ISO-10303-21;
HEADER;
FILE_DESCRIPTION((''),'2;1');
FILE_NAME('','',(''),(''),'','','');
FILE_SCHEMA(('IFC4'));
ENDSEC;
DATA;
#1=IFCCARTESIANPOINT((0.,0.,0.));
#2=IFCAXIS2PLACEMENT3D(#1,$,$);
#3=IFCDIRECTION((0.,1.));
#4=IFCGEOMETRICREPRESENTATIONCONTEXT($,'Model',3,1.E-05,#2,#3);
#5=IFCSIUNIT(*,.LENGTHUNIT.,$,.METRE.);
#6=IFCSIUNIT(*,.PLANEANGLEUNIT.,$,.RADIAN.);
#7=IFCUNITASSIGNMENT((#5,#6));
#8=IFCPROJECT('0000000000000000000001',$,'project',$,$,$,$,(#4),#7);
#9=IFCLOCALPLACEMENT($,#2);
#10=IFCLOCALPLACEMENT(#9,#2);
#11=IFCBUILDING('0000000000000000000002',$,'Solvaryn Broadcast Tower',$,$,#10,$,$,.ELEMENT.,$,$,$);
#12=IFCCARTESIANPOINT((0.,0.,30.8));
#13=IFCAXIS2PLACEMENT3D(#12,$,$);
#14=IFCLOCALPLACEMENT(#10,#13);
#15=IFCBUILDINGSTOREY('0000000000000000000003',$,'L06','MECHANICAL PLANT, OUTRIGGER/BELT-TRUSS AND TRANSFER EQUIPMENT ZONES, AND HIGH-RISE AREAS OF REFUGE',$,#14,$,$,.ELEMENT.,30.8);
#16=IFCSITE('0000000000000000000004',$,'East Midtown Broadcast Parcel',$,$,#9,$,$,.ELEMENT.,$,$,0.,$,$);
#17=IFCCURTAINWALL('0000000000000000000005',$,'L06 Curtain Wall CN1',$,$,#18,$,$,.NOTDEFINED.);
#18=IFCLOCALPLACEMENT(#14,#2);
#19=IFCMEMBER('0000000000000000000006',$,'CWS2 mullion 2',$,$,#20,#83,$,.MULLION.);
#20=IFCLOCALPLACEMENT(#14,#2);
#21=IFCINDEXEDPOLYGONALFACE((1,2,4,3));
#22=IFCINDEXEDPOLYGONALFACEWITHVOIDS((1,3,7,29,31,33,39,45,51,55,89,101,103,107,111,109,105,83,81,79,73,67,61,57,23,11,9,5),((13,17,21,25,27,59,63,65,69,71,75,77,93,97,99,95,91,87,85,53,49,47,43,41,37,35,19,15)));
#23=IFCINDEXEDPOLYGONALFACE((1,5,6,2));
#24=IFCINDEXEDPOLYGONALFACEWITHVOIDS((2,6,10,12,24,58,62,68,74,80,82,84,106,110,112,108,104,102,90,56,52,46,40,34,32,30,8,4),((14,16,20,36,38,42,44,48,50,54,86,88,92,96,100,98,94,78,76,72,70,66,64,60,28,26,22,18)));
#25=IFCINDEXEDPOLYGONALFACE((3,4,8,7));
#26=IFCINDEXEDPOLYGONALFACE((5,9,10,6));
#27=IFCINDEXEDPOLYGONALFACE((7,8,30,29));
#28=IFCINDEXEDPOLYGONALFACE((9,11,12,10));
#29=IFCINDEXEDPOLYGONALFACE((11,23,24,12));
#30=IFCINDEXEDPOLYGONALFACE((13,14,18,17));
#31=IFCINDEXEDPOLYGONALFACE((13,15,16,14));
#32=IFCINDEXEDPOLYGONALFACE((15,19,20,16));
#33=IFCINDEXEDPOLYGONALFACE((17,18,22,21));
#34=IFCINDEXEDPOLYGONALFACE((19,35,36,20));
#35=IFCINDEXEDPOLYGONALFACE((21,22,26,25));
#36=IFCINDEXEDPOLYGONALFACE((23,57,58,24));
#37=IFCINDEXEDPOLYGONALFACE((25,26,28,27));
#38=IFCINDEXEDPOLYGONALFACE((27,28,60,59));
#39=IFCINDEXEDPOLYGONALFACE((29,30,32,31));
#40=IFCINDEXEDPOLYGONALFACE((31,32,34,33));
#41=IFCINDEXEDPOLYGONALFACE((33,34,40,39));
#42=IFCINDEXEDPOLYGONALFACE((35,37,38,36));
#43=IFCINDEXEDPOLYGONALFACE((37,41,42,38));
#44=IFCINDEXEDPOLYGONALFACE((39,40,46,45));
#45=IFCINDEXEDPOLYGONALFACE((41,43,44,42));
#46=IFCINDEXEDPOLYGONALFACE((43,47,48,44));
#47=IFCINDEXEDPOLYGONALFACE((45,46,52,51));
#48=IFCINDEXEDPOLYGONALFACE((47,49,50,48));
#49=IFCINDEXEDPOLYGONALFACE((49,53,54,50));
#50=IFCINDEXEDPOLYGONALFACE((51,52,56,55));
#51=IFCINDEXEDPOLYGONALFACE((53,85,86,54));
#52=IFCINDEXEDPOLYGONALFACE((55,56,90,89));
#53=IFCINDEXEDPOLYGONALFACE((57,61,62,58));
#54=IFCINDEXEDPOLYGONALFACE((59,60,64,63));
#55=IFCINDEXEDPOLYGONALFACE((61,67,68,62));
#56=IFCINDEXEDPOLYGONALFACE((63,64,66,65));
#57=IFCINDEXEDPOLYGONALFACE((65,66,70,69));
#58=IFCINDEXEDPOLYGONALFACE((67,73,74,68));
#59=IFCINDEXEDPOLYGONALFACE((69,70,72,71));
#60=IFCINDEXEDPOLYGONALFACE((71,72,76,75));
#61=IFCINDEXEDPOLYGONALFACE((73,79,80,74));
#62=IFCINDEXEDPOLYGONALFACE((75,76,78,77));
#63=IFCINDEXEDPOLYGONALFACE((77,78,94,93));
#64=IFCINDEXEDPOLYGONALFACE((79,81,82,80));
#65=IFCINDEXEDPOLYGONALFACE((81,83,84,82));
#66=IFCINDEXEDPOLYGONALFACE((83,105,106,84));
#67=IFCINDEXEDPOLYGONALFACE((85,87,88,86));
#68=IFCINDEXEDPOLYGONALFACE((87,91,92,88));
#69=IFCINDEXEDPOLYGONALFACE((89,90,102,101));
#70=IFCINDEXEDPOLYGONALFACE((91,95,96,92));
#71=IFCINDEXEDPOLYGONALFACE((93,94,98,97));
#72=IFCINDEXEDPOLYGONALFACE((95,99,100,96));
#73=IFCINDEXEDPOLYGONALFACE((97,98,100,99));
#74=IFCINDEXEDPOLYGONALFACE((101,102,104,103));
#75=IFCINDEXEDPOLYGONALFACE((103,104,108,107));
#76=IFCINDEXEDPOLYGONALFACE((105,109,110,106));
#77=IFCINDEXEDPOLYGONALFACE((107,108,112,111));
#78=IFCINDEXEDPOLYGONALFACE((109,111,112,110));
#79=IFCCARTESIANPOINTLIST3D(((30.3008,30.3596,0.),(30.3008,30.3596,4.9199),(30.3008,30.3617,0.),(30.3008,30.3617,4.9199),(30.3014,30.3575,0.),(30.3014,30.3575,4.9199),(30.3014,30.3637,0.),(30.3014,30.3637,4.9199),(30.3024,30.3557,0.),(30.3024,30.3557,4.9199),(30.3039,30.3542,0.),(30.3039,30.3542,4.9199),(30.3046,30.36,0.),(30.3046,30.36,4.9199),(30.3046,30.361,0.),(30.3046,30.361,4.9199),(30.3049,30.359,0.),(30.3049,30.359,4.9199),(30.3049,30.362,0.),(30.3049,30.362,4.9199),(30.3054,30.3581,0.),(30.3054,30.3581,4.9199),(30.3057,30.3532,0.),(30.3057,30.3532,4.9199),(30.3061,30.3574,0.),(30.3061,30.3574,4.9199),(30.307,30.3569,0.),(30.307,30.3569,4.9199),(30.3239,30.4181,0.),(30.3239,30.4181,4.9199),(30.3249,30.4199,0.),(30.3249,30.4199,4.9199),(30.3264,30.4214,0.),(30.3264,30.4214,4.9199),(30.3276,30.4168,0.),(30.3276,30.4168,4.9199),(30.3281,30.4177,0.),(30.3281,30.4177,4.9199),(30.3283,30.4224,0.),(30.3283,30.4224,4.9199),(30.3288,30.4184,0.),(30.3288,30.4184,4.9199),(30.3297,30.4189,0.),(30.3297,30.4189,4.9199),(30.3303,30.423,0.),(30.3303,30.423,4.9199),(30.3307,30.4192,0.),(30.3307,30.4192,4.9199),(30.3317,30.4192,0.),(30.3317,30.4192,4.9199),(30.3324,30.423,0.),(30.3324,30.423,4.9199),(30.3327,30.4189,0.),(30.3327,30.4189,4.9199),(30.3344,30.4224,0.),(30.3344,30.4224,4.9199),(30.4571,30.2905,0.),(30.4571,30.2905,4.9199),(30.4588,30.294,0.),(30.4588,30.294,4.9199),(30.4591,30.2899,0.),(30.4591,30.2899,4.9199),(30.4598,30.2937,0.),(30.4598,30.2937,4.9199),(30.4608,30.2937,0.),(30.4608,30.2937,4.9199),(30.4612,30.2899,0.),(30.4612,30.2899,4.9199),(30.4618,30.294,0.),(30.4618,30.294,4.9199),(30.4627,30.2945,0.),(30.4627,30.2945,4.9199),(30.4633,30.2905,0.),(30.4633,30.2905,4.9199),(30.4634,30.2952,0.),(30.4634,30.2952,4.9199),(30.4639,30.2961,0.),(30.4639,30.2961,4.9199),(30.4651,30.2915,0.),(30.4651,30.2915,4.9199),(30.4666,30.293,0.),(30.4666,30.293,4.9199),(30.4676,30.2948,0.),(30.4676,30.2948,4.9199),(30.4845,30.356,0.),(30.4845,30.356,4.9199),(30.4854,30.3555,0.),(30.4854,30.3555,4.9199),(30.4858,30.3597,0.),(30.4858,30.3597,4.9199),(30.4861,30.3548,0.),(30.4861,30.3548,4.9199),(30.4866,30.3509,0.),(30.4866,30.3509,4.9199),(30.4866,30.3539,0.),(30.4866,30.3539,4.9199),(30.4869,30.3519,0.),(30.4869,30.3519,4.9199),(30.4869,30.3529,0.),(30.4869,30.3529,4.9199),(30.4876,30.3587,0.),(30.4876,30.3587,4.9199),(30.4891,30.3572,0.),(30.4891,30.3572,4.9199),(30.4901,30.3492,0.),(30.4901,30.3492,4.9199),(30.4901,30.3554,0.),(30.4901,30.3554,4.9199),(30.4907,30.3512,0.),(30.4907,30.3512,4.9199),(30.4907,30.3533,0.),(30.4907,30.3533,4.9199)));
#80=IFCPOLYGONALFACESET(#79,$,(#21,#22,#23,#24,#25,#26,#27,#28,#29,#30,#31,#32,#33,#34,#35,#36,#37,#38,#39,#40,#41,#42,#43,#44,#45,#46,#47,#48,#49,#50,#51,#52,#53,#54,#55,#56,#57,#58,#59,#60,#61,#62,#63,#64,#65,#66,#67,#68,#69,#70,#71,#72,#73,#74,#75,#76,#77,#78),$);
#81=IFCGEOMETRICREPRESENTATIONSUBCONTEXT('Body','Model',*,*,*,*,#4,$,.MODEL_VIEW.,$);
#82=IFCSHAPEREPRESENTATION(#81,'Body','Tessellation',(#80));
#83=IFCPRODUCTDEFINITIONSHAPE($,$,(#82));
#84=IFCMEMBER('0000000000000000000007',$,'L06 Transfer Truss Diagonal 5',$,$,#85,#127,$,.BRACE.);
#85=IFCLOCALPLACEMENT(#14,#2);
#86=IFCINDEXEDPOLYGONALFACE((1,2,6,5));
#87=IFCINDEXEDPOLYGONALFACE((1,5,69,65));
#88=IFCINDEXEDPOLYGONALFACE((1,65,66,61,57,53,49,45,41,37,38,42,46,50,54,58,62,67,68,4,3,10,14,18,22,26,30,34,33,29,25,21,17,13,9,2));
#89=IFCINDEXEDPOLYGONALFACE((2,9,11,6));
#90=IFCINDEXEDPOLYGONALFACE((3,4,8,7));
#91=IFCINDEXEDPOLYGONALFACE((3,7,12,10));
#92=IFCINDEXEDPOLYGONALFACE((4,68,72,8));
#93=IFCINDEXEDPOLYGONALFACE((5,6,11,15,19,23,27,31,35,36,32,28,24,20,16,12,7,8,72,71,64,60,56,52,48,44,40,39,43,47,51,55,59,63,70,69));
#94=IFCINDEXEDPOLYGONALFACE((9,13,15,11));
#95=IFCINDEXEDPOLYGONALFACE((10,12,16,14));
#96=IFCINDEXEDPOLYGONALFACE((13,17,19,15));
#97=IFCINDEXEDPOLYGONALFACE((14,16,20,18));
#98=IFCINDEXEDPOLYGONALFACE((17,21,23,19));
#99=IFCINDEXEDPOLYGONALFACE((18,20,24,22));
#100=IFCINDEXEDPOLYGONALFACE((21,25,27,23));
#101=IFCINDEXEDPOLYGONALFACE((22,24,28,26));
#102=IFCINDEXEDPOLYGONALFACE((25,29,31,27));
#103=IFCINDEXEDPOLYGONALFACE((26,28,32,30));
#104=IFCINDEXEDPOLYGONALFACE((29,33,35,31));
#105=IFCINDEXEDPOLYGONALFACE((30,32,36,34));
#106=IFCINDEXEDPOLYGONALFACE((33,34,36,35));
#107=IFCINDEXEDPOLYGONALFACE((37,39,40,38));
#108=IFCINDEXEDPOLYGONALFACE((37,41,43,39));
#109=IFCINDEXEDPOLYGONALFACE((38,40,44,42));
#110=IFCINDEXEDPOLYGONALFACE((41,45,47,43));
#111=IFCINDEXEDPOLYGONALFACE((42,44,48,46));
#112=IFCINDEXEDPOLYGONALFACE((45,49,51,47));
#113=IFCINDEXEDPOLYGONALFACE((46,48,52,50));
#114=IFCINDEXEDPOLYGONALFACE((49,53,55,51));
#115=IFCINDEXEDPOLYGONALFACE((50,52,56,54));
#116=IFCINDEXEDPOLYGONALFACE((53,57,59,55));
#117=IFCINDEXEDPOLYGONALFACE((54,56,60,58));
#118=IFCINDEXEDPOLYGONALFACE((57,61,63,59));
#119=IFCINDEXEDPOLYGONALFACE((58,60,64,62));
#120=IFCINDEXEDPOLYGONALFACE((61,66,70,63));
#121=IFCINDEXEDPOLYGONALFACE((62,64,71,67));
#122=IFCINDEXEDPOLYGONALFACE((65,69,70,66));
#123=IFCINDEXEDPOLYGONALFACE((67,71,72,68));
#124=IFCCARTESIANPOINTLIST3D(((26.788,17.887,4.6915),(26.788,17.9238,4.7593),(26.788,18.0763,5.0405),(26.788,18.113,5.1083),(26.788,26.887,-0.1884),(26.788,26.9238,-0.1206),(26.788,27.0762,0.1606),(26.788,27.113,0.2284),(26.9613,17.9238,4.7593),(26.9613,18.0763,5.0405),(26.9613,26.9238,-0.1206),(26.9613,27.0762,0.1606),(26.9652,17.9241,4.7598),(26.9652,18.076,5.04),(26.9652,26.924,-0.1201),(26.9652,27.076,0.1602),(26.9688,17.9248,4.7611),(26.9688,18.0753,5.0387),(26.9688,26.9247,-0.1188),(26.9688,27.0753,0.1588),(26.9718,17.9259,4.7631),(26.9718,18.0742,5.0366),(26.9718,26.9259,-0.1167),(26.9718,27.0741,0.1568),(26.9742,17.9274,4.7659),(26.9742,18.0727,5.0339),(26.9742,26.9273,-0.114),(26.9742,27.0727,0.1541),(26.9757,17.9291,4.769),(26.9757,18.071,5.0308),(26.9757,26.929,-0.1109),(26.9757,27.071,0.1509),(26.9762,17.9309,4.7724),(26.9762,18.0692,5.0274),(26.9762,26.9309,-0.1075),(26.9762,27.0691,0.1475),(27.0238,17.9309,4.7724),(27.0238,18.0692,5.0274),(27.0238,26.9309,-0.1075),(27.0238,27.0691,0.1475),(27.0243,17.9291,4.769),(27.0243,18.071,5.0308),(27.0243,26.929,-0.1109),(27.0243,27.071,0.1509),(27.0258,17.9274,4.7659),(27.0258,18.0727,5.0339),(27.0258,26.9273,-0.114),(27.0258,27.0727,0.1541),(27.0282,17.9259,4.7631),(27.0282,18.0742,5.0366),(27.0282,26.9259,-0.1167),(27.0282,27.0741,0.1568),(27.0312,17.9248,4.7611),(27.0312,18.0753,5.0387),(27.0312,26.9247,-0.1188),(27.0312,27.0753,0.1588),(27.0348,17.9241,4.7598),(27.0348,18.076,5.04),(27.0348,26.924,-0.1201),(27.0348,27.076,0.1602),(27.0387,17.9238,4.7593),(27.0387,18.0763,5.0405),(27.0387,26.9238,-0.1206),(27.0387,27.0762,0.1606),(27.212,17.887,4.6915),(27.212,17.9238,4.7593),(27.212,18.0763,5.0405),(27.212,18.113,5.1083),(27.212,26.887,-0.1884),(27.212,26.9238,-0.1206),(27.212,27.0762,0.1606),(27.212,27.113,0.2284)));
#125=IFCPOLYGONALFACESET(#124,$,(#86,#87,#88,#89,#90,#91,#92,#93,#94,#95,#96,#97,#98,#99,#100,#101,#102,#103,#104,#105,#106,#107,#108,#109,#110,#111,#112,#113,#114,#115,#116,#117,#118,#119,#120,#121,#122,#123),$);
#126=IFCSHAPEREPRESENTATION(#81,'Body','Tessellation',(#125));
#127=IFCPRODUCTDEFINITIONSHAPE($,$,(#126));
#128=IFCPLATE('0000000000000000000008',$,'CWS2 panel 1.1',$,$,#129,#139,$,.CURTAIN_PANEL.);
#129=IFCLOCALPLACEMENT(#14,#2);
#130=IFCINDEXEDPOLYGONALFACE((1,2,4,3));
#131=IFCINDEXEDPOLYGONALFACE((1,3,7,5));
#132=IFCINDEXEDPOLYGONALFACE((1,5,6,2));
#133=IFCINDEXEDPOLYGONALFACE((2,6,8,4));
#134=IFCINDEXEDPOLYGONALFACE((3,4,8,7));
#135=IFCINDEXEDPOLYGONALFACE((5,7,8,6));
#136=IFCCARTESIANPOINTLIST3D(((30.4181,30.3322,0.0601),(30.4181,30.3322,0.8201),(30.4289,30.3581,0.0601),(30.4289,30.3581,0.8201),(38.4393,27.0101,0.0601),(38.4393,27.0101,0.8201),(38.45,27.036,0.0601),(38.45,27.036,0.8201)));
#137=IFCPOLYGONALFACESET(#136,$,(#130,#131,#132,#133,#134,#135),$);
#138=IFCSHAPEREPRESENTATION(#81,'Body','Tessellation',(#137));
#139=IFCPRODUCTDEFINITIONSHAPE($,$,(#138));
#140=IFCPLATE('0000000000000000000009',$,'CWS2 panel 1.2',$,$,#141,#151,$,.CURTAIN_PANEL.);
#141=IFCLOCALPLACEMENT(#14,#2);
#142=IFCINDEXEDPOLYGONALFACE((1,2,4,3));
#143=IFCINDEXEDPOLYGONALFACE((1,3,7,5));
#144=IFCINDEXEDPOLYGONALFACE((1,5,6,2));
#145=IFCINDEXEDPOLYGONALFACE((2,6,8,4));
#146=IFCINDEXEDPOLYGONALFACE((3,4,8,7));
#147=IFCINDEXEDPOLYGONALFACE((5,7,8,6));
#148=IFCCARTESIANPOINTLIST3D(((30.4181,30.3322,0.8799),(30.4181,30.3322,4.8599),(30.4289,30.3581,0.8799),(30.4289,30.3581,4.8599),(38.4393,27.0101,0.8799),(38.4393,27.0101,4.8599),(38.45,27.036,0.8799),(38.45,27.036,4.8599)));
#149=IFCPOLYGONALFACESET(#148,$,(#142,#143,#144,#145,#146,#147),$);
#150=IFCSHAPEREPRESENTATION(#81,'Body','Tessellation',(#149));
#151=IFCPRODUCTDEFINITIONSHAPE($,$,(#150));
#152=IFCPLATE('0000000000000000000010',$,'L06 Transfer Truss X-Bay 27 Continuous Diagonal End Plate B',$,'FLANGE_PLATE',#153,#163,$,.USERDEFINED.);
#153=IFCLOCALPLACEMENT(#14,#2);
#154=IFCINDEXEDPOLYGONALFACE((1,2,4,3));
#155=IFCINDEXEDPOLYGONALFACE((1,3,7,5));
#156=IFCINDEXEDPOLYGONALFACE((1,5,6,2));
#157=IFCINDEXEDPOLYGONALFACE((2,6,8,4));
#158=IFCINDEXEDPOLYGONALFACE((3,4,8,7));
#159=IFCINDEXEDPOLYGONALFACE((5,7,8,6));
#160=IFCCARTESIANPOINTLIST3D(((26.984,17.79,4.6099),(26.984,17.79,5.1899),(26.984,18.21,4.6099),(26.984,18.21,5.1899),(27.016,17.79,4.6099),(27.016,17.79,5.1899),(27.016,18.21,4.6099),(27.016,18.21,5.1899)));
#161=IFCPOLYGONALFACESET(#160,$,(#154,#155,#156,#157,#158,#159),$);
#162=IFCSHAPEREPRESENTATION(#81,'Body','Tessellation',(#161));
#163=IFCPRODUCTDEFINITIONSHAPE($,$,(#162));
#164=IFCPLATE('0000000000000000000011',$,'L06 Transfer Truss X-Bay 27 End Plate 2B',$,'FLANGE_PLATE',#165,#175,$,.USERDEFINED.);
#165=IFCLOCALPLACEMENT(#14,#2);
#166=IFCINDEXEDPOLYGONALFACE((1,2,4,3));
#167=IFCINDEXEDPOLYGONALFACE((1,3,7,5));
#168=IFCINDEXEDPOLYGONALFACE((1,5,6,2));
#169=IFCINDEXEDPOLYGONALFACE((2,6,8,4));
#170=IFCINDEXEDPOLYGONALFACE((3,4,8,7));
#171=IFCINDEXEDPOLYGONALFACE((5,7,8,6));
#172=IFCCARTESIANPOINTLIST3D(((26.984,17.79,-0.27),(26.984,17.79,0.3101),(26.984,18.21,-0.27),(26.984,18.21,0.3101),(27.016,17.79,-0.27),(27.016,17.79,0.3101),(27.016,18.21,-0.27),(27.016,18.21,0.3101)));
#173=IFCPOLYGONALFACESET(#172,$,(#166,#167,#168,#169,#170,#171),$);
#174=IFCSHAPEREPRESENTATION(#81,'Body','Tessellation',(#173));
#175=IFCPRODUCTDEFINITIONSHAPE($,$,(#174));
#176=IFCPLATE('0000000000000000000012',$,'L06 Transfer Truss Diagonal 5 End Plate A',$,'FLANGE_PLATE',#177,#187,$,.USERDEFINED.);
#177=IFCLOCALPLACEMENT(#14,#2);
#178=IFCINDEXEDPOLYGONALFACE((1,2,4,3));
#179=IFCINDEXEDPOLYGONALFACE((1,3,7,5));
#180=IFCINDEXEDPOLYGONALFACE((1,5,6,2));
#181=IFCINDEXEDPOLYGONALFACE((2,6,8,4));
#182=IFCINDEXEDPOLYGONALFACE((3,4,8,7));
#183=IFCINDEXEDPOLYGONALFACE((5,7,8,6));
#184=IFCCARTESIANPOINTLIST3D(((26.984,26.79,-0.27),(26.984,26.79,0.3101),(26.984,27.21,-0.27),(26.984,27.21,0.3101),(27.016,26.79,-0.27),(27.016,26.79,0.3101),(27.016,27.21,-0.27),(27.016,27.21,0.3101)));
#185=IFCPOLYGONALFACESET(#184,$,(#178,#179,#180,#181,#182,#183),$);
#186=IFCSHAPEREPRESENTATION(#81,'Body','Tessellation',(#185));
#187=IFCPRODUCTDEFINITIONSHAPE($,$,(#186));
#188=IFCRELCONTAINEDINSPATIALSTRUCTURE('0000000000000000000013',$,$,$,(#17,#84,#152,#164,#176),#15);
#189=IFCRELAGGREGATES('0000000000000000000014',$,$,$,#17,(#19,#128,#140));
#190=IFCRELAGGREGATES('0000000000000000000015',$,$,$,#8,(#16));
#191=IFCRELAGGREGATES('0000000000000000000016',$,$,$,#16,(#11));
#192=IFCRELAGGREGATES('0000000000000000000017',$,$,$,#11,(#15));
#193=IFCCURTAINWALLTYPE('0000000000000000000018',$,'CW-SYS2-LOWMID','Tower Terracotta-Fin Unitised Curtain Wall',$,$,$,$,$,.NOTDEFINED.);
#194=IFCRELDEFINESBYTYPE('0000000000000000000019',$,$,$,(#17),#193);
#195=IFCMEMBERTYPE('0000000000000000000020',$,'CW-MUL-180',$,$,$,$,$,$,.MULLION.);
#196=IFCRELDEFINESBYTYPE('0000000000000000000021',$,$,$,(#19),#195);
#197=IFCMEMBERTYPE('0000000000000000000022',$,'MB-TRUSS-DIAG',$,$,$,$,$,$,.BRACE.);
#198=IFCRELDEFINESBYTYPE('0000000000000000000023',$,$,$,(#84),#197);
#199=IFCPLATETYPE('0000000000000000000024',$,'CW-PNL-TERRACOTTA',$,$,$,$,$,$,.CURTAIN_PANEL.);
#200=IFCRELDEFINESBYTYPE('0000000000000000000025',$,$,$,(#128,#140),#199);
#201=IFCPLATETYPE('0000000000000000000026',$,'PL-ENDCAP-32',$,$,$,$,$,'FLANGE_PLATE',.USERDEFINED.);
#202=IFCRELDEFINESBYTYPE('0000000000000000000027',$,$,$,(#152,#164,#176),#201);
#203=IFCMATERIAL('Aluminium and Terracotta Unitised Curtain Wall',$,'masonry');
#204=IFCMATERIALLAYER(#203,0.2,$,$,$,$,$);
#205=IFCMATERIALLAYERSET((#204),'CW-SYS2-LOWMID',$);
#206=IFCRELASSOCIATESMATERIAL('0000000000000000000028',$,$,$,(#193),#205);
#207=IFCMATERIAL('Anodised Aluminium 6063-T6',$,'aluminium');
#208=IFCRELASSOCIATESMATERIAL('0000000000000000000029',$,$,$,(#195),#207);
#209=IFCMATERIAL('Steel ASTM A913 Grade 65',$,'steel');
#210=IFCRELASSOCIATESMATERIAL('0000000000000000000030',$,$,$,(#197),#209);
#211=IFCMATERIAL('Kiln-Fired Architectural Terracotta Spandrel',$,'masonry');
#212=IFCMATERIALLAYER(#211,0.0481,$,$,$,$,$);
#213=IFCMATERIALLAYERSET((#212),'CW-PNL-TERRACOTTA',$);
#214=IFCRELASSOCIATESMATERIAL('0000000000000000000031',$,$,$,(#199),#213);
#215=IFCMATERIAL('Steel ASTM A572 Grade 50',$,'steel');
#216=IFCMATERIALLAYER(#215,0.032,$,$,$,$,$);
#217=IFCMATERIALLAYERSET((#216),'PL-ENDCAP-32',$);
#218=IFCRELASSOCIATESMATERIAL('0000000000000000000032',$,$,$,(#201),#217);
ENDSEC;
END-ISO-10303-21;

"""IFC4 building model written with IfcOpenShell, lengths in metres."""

from ifc_helpers import new_model, si_unit, direction, frame, origin, origin_2d, place, context, subcontext, project, spatial, rectangle, hollow_rectangle, i_section, extrude, material, layer, layer_set, material_profile, profile_set, type_object, element, aggregate, save


model = new_model("IFC4")

# Units and contexts
model_context = context("Model", 3, precision=1e-05, world=origin(), true_north=direction((0.0, 1.0)))
body_context = subcontext(model_context, "Body", "Model", "MODEL_VIEW")
ifc_project = project(units=[si_unit("LENGTHUNIT", "METRE"), si_unit("PLANEANGLEUNIT", "RADIAN")], contexts=[model_context])

# Site, building, storey
site_placement = place(None, origin())
site = spatial("IfcSite", under=ifc_project, at=site_placement, Name="East Midtown Broadcast Parcel", CompositionType="ELEMENT", RefElevation=0.0)
building_placement = place(site_placement, origin())
building = spatial("IfcBuilding", under=site, at=building_placement, Name="Solvaryn Broadcast Tower", CompositionType="ELEMENT")
storey_placement = place(building_placement, frame((0.0, 0.0, 30.8)))
storey = spatial("IfcBuildingStorey", under=building, at=storey_placement, Name="L06", Description="MECHANICAL PLANT, OUTRIGGER/BELT-TRUSS AND TRANSFER EQUIPMENT ZONES, AND HIGH-RISE AREAS OF REFUGE", CompositionType="ELEMENT", Elevation=30.8)

# Curtain wall, member
ifc_material_1 = material(Name="Aluminium and Terracotta Unitised Curtain Wall", Category="masonry")
ifc_layer_1 = layer(ifc_material_1, 0.2)
ifc_layer_set_1 = layer_set([ifc_layer_1], Name="CW-SYS2-LOWMID")
curtain_wall_type = type_object("IfcCurtainWallType", Name="CW-SYS2-LOWMID", Description="Tower Terracotta-Fin Unitised Curtain Wall", PredefinedType="NOTDEFINED", material=ifc_layer_set_1)
curtain_wall_placement = place(storey_placement, origin())
curtain_wall = element("IfcCurtainWall", 1, at=curtain_wall_placement, inside=storey, type_object=curtain_wall_type, Name="L06 Curtain Wall CN1", PredefinedType="NOTDEFINED")
ifc_material_2 = material(Name="Anodised Aluminium 6063-T6", Category="aluminium")
ifc_material_profile_1 = material_profile(ifc_material_2, hollow_rectangle(XDim=0.075, YDim=0.1799, WallThickness=0.0039, InnerFilletRadius=0.0039, OuterFilletRadius=0.0081, at=origin_2d()))
ifc_profile_set_1 = profile_set([ifc_material_profile_1], Name="Anodised Aluminium 6063-T6")
member_type_1 = type_object("IfcMemberType", Name="CW-MUL-180", PredefinedType="MULLION", material=ifc_profile_set_1)
member_1_placement = place(storey_placement, frame((30.3958, 30.3564, 0.0), z_axis=(0.0, 0.0, 1.0), x_axis=(-0.382646, -0.923895, 0.0)))
member_1 = element("IfcMember", 2, at=member_1_placement, type_object=member_type_1, Name="CWS2 mullion 2", PredefinedType="MULLION", context=body_context, shape_type="SweptSolid", body=[
    extrude(hollow_rectangle(XDim=0.075, YDim=0.1799, WallThickness=0.0039, InnerFilletRadius=0.0039, OuterFilletRadius=0.0081, at=origin_2d()), origin(), (0.0, 0.0, 1.0), 4.9199),
])

# Member
ifc_material_3 = material(Name="Steel ASTM A913 Grade 65", Category="steel")
ifc_material_profile_2 = material_profile(ifc_material_3, i_section(OverallWidth=0.4241, OverallDepth=0.4741, WebThickness=0.0476, FlangeThickness=0.0771, FilletRadius=0.0149, at=origin_2d()))
ifc_profile_set_2 = profile_set([ifc_material_profile_2], Name="Steel ASTM A913 Grade 65")
member_type_2 = type_object("IfcMemberType", Name="MB-TRUSS-DIAG", PredefinedType="BRACE", material=ifc_profile_set_2)
member_2_placement = place(storey_placement, frame((27.0, 27.0, 0.02), z_axis=(0.0, -0.879092, 0.476652), x_axis=(1.0, 0.0, 0.0)))
element("IfcMember", 3, at=member_2_placement, inside=storey, type_object=member_type_2, Name="L06 Transfer Truss Diagonal 5", PredefinedType="BRACE", context=body_context, shape_type="SweptSolid", body=[
    extrude(i_section(OverallWidth=0.4241, OverallDepth=0.4741, WebThickness=0.0476, FlangeThickness=0.0771, FilletRadius=0.0149, at=origin_2d()), origin(), (0.0, 0.0, 1.0), 10.2378),
])

# Plates
ifc_material_4 = material(Name="Kiln-Fired Architectural Terracotta Spandrel", Category="masonry")
ifc_layer_2 = layer(ifc_material_4, 0.0481)
ifc_layer_set_2 = layer_set([ifc_layer_2], Name="CW-PNL-TERRACOTTA")
plate_type_1 = type_object("IfcPlateType", Name="CW-PNL-TERRACOTTA", PredefinedType="CURTAIN_PANEL", material=ifc_layer_set_2)
plate_1_placement = place(storey_placement, frame((34.4341, 28.6841, 0.0601), z_axis=(0.0, 0.0, 1.0), x_axis=(-0.923895, 0.382646, 0.0)))
plate_1 = element("IfcPlate", 4, at=plate_1_placement, type_object=plate_type_1, Name="CWS2 panel 1.1", PredefinedType="CURTAIN_PANEL", context=body_context, shape_type="SweptSolid", body=[
    extrude(rectangle(XDim=8.6819, YDim=0.0281, at=origin_2d()), origin(), (0.0, 0.0, 1.0), 0.76),
])
plate_2_placement = place(storey_placement, frame((34.4341, 28.6841, 0.8799), z_axis=(0.0, 0.0, 1.0), x_axis=(-0.923895, 0.382646, 0.0)))
plate_2 = element("IfcPlate", 5, at=plate_2_placement, type_object=plate_type_1, Name="CWS2 panel 1.2", PredefinedType="CURTAIN_PANEL", context=body_context, shape_type="SweptSolid", body=[
    extrude(rectangle(XDim=8.6819, YDim=0.0281, at=origin_2d()), origin(), (0.0, 0.0, 1.0), 3.98),
])
aggregate(curtain_wall, [member_1, plate_1, plate_2])

# Plates
ifc_material_5 = material(Name="Steel ASTM A572 Grade 50", Category="steel")
ifc_layer_3 = layer(ifc_material_5, 0.032)
ifc_layer_set_3 = layer_set([ifc_layer_3], Name="PL-ENDCAP-32")
plate_type_2 = type_object("IfcPlateType", Name="PL-ENDCAP-32", ElementType="FLANGE_PLATE", PredefinedType="USERDEFINED", material=ifc_layer_set_3)
for number, where, z_axis, x_axis, name in (
    (6, (27.0, 18.0, 4.6099), (0.0, 0.0, 1.0), (1.0, 0.0, 0.0), "L06 Transfer Truss X-Bay 27 Continuous Diagonal End Plate B"),
    (7, (27.0, 18.0, -0.27), (0.0, 0.0, 1.0), (1.0, 0.0, 0.0), "L06 Transfer Truss X-Bay 27 End Plate 2B"),
    (8, (27.0, 27.0, -0.27), (0.0, 0.0, 1.0), (1.0, 0.0, 0.0), "L06 Transfer Truss Diagonal 5 End Plate A"),
):
    element("IfcPlate", number, at=place(storey_placement, frame(where, z_axis=z_axis, x_axis=x_axis)), inside=storey, type_object=plate_type_2, Name=name, ObjectType="FLANGE_PLATE", PredefinedType="USERDEFINED", context=body_context, shape_type="SweptSolid", body=[
        extrude(rectangle(XDim=0.032, YDim=0.4199, at=origin_2d()), origin(), (0.0, 0.0, 1.0), 0.5801),
    ])

save(model, "model.ifc")
